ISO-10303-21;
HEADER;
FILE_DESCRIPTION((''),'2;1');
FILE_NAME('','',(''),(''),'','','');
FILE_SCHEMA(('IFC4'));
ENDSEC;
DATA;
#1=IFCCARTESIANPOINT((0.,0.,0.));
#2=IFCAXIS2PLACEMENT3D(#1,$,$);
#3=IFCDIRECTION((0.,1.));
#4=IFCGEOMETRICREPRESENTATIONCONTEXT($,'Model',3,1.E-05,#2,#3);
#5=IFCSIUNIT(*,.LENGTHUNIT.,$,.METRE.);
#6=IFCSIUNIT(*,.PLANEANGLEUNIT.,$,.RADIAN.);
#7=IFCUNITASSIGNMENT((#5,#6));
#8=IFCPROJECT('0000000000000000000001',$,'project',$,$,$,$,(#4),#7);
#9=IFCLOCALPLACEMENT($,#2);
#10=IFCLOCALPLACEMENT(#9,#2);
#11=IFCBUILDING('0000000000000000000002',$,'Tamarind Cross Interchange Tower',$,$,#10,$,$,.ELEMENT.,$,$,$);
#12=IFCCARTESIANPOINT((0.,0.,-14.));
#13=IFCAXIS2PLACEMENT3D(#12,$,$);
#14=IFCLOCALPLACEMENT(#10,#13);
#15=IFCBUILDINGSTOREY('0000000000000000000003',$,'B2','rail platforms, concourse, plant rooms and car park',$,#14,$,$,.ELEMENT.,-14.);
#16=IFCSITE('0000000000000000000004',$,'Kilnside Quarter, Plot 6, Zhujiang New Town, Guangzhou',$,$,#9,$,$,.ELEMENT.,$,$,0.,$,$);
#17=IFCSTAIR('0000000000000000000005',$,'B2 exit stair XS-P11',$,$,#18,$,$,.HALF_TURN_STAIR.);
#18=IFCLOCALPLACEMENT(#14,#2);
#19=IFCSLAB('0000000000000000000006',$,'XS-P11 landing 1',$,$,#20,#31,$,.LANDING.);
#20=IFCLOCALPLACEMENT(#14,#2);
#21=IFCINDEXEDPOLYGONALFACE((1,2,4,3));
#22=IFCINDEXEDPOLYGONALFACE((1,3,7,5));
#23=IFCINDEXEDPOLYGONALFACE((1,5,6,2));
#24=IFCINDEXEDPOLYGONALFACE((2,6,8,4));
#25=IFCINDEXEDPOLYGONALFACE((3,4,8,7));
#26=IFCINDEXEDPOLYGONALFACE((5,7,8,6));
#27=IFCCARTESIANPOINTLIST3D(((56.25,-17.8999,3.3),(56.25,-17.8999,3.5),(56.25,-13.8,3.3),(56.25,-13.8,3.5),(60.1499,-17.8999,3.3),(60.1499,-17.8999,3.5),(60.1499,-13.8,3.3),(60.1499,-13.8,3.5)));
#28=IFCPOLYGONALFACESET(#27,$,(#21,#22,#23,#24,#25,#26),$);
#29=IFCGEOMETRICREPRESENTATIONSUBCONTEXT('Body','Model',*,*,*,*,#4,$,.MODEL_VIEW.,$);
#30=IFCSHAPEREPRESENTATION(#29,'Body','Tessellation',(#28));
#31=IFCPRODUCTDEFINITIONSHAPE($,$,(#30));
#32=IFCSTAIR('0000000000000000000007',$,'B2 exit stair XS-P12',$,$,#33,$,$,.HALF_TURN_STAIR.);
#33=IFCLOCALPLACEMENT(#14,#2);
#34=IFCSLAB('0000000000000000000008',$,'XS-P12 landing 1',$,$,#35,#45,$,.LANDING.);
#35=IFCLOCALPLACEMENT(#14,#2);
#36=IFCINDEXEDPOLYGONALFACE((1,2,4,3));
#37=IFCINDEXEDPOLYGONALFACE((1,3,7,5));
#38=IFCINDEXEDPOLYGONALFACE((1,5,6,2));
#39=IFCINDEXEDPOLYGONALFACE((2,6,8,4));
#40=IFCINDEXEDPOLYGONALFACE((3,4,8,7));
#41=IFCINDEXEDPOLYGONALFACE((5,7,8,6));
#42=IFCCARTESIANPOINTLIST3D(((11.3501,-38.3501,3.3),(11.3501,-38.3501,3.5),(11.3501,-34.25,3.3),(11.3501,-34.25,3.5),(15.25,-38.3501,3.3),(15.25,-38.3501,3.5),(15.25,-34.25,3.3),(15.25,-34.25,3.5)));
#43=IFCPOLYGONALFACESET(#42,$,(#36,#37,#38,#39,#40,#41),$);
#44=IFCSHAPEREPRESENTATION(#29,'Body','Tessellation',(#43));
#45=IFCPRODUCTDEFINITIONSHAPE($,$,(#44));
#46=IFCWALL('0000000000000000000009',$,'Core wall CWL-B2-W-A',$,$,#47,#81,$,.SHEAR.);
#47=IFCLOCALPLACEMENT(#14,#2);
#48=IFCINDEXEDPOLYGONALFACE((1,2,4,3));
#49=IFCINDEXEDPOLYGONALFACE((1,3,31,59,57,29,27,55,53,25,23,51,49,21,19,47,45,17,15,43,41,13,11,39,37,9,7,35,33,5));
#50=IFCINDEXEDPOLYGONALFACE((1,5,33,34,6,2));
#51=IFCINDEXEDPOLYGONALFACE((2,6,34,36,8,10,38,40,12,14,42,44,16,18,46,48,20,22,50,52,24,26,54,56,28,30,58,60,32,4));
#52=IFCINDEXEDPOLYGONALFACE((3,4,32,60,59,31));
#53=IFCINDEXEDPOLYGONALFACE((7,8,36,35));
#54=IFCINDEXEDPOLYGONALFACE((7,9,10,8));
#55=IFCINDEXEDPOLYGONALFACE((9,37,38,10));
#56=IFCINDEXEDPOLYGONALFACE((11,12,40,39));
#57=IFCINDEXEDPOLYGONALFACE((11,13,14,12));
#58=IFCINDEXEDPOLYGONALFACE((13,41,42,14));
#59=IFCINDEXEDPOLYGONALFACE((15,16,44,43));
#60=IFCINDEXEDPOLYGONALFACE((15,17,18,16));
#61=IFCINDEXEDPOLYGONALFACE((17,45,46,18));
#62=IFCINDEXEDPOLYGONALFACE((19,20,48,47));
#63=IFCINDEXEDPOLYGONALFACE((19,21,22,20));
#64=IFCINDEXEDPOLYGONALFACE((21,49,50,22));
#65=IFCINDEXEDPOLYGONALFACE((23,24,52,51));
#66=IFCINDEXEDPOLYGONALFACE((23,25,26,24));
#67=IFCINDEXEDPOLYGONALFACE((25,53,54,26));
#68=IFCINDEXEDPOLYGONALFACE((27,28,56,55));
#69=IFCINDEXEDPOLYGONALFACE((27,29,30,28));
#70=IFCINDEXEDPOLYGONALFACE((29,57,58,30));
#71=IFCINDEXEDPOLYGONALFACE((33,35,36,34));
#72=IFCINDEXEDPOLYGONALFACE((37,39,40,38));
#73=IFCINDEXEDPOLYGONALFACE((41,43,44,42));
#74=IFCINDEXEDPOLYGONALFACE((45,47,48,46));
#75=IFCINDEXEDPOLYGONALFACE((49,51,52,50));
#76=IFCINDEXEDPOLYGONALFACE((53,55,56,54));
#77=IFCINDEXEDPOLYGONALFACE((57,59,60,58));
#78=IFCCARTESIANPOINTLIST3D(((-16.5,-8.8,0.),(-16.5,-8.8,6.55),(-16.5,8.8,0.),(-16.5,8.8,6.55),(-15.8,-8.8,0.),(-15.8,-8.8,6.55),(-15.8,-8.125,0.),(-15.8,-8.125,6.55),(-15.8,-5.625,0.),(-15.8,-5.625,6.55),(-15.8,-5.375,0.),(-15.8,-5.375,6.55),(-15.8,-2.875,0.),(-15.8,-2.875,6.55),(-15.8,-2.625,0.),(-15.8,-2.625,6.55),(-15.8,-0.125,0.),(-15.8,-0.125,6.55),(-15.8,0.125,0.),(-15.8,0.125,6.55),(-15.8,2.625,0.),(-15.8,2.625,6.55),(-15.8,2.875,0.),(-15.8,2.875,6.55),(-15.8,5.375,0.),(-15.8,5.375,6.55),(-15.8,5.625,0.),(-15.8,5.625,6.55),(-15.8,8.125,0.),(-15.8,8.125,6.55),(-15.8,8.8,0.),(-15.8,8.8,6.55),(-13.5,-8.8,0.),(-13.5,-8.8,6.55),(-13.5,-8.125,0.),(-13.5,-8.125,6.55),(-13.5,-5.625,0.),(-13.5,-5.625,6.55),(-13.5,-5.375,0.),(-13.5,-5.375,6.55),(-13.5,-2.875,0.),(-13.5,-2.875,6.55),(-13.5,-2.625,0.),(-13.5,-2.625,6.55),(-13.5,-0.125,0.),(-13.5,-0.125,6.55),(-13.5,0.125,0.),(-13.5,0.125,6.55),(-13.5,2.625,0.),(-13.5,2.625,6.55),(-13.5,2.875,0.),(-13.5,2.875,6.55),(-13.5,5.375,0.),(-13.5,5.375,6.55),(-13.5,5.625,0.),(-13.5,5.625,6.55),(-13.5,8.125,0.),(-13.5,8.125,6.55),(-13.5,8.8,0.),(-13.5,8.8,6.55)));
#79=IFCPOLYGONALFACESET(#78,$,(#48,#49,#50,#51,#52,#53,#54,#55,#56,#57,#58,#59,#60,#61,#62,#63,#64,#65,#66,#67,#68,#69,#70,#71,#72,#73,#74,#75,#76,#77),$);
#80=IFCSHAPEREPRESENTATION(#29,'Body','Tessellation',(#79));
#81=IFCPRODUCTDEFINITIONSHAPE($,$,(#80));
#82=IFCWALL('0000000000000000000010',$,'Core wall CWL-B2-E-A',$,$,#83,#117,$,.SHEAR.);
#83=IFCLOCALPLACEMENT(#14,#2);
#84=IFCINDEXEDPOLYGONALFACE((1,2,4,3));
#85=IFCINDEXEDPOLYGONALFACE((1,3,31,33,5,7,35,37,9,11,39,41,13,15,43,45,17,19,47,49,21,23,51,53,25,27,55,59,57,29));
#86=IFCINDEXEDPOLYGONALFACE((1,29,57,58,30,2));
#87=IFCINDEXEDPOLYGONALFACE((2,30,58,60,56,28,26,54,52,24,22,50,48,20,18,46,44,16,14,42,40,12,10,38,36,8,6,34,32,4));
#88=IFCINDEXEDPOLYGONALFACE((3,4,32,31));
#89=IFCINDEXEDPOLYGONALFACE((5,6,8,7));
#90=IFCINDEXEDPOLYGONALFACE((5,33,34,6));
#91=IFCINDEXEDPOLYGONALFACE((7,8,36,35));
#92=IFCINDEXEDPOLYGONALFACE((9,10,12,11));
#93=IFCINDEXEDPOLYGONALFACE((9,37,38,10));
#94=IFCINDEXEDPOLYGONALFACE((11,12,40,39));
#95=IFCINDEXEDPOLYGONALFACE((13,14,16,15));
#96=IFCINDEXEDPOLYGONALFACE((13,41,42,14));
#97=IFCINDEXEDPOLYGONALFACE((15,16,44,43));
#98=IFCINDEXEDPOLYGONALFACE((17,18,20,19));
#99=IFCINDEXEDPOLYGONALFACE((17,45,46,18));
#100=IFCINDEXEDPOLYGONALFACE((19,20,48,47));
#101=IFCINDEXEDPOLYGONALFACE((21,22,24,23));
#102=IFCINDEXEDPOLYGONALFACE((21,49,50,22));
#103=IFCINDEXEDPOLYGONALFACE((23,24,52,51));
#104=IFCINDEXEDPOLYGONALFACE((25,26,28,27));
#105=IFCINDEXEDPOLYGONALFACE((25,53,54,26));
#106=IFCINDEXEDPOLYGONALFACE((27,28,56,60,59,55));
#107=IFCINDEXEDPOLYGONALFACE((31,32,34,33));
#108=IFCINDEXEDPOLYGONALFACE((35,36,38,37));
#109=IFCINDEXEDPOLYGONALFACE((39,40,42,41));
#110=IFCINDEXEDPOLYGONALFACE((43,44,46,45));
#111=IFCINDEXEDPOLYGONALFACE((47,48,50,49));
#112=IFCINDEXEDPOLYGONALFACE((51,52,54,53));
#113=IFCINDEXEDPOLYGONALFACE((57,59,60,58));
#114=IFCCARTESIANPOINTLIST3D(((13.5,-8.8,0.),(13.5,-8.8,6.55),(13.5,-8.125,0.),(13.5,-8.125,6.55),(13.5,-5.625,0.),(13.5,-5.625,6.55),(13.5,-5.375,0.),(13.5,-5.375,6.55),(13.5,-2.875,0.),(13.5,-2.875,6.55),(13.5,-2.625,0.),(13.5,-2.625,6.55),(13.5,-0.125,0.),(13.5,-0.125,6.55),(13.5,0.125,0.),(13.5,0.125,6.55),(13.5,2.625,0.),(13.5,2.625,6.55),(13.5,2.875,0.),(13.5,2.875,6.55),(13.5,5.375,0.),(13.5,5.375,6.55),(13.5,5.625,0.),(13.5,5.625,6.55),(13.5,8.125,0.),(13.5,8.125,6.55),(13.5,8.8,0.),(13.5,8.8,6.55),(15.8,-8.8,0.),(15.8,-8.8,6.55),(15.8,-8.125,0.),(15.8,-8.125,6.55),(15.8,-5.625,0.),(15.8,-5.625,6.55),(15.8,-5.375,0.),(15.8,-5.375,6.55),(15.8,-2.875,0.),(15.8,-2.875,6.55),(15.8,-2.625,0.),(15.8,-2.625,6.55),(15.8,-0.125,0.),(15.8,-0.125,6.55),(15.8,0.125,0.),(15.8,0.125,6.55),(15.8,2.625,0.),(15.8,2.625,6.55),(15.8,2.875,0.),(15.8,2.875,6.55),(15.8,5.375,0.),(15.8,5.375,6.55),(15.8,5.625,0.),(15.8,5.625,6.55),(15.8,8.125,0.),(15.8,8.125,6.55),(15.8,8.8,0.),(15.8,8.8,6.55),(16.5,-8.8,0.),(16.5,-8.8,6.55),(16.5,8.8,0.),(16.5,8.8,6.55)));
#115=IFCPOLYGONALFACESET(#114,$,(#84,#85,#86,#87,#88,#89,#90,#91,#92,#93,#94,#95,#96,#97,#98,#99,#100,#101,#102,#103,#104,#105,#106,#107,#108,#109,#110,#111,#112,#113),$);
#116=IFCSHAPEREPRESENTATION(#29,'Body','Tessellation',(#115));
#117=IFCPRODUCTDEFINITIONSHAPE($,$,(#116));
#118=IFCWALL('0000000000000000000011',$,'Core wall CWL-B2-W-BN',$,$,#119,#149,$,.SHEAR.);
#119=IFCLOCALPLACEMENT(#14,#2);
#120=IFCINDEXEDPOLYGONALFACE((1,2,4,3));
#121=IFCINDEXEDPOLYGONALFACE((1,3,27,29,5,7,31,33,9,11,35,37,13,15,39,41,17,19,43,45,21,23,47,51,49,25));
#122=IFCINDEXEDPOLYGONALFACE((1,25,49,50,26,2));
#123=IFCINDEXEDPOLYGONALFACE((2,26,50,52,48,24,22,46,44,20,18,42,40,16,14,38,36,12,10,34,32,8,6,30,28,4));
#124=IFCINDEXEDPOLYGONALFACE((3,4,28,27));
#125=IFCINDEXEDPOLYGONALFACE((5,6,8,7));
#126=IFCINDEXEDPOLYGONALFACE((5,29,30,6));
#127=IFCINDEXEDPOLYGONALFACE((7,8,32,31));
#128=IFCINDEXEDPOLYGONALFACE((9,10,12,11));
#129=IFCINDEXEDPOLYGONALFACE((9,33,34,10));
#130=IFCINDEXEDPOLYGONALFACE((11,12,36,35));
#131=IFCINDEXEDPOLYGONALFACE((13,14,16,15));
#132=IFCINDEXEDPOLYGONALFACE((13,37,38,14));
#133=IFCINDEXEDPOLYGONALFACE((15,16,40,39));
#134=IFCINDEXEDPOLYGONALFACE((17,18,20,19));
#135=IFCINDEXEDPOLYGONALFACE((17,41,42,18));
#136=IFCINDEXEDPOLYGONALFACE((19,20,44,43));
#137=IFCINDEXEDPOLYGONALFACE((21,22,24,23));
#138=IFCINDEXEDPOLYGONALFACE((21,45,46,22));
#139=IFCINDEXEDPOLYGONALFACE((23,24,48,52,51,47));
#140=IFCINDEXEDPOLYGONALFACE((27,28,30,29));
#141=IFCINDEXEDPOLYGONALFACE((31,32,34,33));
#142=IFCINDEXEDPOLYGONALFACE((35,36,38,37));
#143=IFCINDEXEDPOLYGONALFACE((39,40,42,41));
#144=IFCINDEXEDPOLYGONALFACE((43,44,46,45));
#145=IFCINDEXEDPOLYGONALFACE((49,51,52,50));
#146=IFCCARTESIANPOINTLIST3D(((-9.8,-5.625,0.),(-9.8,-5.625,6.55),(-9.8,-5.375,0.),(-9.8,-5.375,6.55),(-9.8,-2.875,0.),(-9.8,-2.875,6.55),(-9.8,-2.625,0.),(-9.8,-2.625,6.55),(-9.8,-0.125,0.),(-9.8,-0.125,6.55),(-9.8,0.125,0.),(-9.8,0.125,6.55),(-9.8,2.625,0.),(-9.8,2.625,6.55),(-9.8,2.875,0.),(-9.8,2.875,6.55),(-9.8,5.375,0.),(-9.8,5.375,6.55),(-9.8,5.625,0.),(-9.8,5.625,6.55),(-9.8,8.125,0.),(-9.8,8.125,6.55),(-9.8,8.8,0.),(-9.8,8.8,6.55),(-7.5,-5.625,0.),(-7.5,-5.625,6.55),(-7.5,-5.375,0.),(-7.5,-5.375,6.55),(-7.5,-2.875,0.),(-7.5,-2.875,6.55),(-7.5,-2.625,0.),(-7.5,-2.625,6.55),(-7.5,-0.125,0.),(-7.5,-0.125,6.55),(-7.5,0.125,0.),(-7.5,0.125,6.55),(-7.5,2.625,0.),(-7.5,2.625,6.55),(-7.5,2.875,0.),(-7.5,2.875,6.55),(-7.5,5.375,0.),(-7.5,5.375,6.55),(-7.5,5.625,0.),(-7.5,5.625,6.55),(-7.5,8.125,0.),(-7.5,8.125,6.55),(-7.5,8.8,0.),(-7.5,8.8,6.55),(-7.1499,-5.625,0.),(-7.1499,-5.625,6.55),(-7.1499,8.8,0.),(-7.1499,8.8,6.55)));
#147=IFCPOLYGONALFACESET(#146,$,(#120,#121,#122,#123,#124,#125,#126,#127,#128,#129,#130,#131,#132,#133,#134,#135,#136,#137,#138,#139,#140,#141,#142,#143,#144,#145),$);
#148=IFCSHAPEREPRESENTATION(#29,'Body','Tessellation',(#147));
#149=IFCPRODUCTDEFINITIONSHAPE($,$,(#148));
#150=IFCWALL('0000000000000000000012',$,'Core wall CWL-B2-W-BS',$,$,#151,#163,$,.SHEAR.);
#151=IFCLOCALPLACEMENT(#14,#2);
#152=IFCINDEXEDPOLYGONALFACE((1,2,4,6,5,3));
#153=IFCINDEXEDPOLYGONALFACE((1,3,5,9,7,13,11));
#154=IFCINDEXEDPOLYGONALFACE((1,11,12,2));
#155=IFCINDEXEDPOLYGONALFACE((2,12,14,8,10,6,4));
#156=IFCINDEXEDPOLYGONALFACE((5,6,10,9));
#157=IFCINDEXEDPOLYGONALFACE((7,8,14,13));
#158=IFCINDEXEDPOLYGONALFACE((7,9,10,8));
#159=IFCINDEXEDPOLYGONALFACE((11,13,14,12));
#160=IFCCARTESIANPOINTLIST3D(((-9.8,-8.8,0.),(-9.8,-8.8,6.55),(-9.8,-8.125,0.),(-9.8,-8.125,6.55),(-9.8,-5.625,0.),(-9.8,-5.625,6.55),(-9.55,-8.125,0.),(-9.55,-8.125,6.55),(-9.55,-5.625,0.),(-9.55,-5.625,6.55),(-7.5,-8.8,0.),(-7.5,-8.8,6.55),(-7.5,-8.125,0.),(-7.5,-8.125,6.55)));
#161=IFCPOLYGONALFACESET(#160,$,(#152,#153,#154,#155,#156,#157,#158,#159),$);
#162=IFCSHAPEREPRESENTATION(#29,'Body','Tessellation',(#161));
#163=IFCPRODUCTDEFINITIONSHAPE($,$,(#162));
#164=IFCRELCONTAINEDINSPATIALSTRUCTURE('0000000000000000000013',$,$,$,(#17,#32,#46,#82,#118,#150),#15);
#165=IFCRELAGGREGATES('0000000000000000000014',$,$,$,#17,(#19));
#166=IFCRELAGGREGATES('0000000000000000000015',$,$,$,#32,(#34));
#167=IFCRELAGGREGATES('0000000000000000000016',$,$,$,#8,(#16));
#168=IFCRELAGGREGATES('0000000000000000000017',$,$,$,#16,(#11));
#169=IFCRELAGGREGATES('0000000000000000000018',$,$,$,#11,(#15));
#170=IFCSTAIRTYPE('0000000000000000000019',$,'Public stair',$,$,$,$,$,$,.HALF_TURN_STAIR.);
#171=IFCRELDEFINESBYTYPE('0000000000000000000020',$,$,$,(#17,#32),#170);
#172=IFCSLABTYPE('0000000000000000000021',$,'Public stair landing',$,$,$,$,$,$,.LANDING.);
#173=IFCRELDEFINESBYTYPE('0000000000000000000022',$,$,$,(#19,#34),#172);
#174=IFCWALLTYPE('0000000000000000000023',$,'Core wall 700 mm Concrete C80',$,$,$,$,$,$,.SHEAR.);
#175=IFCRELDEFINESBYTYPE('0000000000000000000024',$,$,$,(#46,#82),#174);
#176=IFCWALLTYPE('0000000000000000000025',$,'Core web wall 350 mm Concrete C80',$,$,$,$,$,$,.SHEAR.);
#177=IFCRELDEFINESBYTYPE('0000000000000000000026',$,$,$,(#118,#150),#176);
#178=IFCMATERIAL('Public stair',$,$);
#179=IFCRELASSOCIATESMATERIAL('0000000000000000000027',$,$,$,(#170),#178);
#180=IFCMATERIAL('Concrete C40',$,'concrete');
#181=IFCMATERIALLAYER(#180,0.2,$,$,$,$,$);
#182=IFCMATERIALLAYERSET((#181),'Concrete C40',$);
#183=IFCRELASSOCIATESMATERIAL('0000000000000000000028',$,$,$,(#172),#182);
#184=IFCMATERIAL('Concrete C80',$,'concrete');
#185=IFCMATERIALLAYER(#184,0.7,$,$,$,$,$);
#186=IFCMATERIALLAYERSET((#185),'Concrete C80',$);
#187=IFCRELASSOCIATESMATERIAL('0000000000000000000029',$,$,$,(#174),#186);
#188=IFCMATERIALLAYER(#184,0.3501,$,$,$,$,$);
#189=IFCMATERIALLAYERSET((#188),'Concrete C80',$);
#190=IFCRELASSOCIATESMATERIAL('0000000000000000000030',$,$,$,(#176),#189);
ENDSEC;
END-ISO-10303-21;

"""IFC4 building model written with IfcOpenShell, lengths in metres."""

from ifc_helpers import new_model, si_unit, direction, frame, origin, place, context, subcontext, project, spatial, polyline, outline, extrude, material, layer, layer_set, type_object, element, aggregate, save


model = new_model("IFC4")

# Units and contexts
model_context = context("Model", 3, precision=1e-05, world=origin(), true_north=direction((0.0, 1.0)))
body_context = subcontext(model_context, "Body", "Model", "MODEL_VIEW")
ifc_project = project(units=[si_unit("LENGTHUNIT", "METRE"), si_unit("PLANEANGLEUNIT", "RADIAN")], contexts=[model_context])

# Site, building, storey
site_placement = place(None, origin())
site = spatial("IfcSite", under=ifc_project, at=site_placement, Name="Kilnside Quarter, Plot 6, Zhujiang New Town, Guangzhou", CompositionType="ELEMENT", RefElevation=0.0)
building_placement = place(site_placement, origin())
building = spatial("IfcBuilding", under=site, at=building_placement, Name="Tamarind Cross Interchange Tower", CompositionType="ELEMENT")
storey_placement = place(building_placement, frame((0.0, 0.0, -14.0)))
storey = spatial("IfcBuildingStorey", under=building, at=storey_placement, Name="B2", Description="rail platforms, concourse, plant rooms and car park", CompositionType="ELEMENT", Elevation=-14.0)

# Stairs, slabs
ifc_material_1 = material(Name="Public stair")
stair_type_1 = type_object("IfcStairType", Name="Public stair", PredefinedType="HALF_TURN_STAIR", material=ifc_material_1)
stair_1_placement = place(storey_placement, origin())
stair_1 = element("IfcStair", 1, at=stair_1_placement, inside=storey, type_object=stair_type_1, Name="B2 exit stair XS-P11", PredefinedType="HALF_TURN_STAIR")
ifc_material_2 = material(Name="Concrete C40", Category="concrete")
ifc_layer_1 = layer(ifc_material_2, 0.2)
ifc_layer_set_1 = layer_set([ifc_layer_1], Name="Concrete C40")
slab_type = type_object("IfcSlabType", Name="Public stair landing", PredefinedType="LANDING", material=ifc_layer_set_1)
slab_1_placement = place(storey_placement, frame((0.0, 0.0, 3.3)))
slab_1 = element("IfcSlab", 2, at=slab_1_placement, type_object=slab_type, Name="XS-P11 landing 1", PredefinedType="LANDING", context=body_context, shape_type="SweptSolid", body=[
    extrude(outline(polyline([(60.1499, -17.8999), (60.1499, -13.8), (56.25, -13.8), (56.25, -17.8999), (60.1499, -17.8999)])), origin(), (0.0, 0.0, 1.0), 0.2),
])
aggregate(stair_1, [slab_1])
stair_2_placement = place(storey_placement, origin())
stair_2 = element("IfcStair", 3, at=stair_2_placement, inside=storey, type_object=stair_type_1, Name="B2 exit stair XS-P12", PredefinedType="HALF_TURN_STAIR")
slab_2_placement = place(storey_placement, frame((0.0, 0.0, 3.3)))
slab_2 = element("IfcSlab", 4, at=slab_2_placement, type_object=slab_type, Name="XS-P12 landing 1", PredefinedType="LANDING", context=body_context, shape_type="SweptSolid", body=[
    extrude(outline(polyline([(15.25, -38.3501), (15.25, -34.25), (11.3501, -34.25), (11.3501, -38.3501), (15.25, -38.3501)])), origin(), (0.0, 0.0, 1.0), 0.2),
])
aggregate(stair_2, [slab_2])

# Walls
ifc_material_3 = material(Name="Concrete C80", Category="concrete")
ifc_layer_2 = layer(ifc_material_3, 0.7)
ifc_layer_set_2 = layer_set([ifc_layer_2], Name="Concrete C80")
wall_type_1 = type_object("IfcWallType", Name="Core wall 700 mm Concrete C80", PredefinedType="SHEAR", material=ifc_layer_set_2)
wall_1_placement = place(storey_placement, origin())
element("IfcWall", 5, at=wall_1_placement, inside=storey, type_object=wall_type_1, Name="Core wall CWL-B2-W-A", PredefinedType="SHEAR", context=body_context, shape_type="SweptSolid", body=[
    extrude(outline(polyline([(-13.5, -8.8), (-13.5, -8.125), (-15.8, -8.125), (-15.8, -5.625), (-13.5, -5.625), (-13.5, -5.375), (-15.8, -5.375), (-15.8, -2.875), (-13.5, -2.875), (-13.5, -2.625), (-15.8, -2.625), (-15.8, -0.125), (-13.5, -0.125), (-13.5, 0.125), (-15.8, 0.125), (-15.8, 2.625), (-13.5, 2.625), (-13.5, 2.875), (-15.8, 2.875), (-15.8, 5.375), (-13.5, 5.375), (-13.5, 5.625), (-15.8, 5.625), (-15.8, 8.125), (-13.5, 8.125), (-13.5, 8.8), (-15.8, 8.8), (-16.5, 8.8), (-16.5, -8.8), (-15.8, -8.8), (-13.5, -8.8)])), origin(), (0.0, 0.0, 1.0), 6.55),
])
wall_2_placement = place(storey_placement, origin())
element("IfcWall", 6, at=wall_2_placement, inside=storey, type_object=wall_type_1, Name="Core wall CWL-B2-E-A", PredefinedType="SHEAR", context=body_context, shape_type="SweptSolid", body=[
    extrude(outline(polyline([(13.5, -8.8), (15.8, -8.8), (16.5, -8.8), (16.5, 8.8), (15.8, 8.8), (13.5, 8.8), (13.5, 8.125), (15.8, 8.125), (15.8, 5.625), (13.5, 5.625), (13.5, 5.375), (15.8, 5.375), (15.8, 2.875), (13.5, 2.875), (13.5, 2.625), (15.8, 2.625), (15.8, 0.125), (13.5, 0.125), (13.5, -0.125), (15.8, -0.125), (15.8, -2.625), (13.5, -2.625), (13.5, -2.875), (15.8, -2.875), (15.8, -5.375), (13.5, -5.375), (13.5, -5.625), (15.8, -5.625), (15.8, -8.125), (13.5, -8.125), (13.5, -8.8)])), origin(), (0.0, 0.0, 1.0), 6.55),
])
ifc_layer_3 = layer(ifc_material_3, 0.3501)
ifc_layer_set_3 = layer_set([ifc_layer_3], Name="Concrete C80")
wall_type_2 = type_object("IfcWallType", Name="Core web wall 350 mm Concrete C80", PredefinedType="SHEAR", material=ifc_layer_set_3)
wall_3_placement = place(storey_placement, origin())
element("IfcWall", 7, at=wall_3_placement, inside=storey, type_object=wall_type_2, Name="Core wall CWL-B2-W-BN", PredefinedType="SHEAR", context=body_context, shape_type="SweptSolid", body=[
    extrude(outline(polyline([(-9.8, -5.375), (-9.8, -5.625), (-7.5, -5.625), (-7.1499, -5.625), (-7.1499, 8.8), (-7.5, 8.8), (-9.8, 8.8), (-9.8, 8.125), (-7.5, 8.125), (-7.5, 5.625), (-9.8, 5.625), (-9.8, 5.375), (-7.5, 5.375), (-7.5, 2.875), (-9.8, 2.875), (-9.8, 2.625), (-7.5, 2.625), (-7.5, 0.125), (-9.8, 0.125), (-9.8, -0.125), (-7.5, -0.125), (-7.5, -2.625), (-9.8, -2.625), (-9.8, -2.875), (-7.5, -2.875), (-7.5, -5.375), (-9.8, -5.375)])), origin(), (0.0, 0.0, 1.0), 6.55),
])
wall_4_placement = place(storey_placement, origin())
element("IfcWall", 8, at=wall_4_placement, inside=storey, type_object=wall_type_2, Name="Core wall CWL-B2-W-BS", PredefinedType="SHEAR", context=body_context, shape_type="SweptSolid", body=[
    extrude(outline(polyline([(-7.5, -8.125), (-9.55, -8.125), (-9.55, -5.625), (-9.8, -5.625), (-9.8, -8.125), (-9.8, -8.8), (-7.5, -8.8), (-7.5, -8.125)])), origin(), (0.0, 0.0, 1.0), 6.55),
])

save(model, "model.ifc")
